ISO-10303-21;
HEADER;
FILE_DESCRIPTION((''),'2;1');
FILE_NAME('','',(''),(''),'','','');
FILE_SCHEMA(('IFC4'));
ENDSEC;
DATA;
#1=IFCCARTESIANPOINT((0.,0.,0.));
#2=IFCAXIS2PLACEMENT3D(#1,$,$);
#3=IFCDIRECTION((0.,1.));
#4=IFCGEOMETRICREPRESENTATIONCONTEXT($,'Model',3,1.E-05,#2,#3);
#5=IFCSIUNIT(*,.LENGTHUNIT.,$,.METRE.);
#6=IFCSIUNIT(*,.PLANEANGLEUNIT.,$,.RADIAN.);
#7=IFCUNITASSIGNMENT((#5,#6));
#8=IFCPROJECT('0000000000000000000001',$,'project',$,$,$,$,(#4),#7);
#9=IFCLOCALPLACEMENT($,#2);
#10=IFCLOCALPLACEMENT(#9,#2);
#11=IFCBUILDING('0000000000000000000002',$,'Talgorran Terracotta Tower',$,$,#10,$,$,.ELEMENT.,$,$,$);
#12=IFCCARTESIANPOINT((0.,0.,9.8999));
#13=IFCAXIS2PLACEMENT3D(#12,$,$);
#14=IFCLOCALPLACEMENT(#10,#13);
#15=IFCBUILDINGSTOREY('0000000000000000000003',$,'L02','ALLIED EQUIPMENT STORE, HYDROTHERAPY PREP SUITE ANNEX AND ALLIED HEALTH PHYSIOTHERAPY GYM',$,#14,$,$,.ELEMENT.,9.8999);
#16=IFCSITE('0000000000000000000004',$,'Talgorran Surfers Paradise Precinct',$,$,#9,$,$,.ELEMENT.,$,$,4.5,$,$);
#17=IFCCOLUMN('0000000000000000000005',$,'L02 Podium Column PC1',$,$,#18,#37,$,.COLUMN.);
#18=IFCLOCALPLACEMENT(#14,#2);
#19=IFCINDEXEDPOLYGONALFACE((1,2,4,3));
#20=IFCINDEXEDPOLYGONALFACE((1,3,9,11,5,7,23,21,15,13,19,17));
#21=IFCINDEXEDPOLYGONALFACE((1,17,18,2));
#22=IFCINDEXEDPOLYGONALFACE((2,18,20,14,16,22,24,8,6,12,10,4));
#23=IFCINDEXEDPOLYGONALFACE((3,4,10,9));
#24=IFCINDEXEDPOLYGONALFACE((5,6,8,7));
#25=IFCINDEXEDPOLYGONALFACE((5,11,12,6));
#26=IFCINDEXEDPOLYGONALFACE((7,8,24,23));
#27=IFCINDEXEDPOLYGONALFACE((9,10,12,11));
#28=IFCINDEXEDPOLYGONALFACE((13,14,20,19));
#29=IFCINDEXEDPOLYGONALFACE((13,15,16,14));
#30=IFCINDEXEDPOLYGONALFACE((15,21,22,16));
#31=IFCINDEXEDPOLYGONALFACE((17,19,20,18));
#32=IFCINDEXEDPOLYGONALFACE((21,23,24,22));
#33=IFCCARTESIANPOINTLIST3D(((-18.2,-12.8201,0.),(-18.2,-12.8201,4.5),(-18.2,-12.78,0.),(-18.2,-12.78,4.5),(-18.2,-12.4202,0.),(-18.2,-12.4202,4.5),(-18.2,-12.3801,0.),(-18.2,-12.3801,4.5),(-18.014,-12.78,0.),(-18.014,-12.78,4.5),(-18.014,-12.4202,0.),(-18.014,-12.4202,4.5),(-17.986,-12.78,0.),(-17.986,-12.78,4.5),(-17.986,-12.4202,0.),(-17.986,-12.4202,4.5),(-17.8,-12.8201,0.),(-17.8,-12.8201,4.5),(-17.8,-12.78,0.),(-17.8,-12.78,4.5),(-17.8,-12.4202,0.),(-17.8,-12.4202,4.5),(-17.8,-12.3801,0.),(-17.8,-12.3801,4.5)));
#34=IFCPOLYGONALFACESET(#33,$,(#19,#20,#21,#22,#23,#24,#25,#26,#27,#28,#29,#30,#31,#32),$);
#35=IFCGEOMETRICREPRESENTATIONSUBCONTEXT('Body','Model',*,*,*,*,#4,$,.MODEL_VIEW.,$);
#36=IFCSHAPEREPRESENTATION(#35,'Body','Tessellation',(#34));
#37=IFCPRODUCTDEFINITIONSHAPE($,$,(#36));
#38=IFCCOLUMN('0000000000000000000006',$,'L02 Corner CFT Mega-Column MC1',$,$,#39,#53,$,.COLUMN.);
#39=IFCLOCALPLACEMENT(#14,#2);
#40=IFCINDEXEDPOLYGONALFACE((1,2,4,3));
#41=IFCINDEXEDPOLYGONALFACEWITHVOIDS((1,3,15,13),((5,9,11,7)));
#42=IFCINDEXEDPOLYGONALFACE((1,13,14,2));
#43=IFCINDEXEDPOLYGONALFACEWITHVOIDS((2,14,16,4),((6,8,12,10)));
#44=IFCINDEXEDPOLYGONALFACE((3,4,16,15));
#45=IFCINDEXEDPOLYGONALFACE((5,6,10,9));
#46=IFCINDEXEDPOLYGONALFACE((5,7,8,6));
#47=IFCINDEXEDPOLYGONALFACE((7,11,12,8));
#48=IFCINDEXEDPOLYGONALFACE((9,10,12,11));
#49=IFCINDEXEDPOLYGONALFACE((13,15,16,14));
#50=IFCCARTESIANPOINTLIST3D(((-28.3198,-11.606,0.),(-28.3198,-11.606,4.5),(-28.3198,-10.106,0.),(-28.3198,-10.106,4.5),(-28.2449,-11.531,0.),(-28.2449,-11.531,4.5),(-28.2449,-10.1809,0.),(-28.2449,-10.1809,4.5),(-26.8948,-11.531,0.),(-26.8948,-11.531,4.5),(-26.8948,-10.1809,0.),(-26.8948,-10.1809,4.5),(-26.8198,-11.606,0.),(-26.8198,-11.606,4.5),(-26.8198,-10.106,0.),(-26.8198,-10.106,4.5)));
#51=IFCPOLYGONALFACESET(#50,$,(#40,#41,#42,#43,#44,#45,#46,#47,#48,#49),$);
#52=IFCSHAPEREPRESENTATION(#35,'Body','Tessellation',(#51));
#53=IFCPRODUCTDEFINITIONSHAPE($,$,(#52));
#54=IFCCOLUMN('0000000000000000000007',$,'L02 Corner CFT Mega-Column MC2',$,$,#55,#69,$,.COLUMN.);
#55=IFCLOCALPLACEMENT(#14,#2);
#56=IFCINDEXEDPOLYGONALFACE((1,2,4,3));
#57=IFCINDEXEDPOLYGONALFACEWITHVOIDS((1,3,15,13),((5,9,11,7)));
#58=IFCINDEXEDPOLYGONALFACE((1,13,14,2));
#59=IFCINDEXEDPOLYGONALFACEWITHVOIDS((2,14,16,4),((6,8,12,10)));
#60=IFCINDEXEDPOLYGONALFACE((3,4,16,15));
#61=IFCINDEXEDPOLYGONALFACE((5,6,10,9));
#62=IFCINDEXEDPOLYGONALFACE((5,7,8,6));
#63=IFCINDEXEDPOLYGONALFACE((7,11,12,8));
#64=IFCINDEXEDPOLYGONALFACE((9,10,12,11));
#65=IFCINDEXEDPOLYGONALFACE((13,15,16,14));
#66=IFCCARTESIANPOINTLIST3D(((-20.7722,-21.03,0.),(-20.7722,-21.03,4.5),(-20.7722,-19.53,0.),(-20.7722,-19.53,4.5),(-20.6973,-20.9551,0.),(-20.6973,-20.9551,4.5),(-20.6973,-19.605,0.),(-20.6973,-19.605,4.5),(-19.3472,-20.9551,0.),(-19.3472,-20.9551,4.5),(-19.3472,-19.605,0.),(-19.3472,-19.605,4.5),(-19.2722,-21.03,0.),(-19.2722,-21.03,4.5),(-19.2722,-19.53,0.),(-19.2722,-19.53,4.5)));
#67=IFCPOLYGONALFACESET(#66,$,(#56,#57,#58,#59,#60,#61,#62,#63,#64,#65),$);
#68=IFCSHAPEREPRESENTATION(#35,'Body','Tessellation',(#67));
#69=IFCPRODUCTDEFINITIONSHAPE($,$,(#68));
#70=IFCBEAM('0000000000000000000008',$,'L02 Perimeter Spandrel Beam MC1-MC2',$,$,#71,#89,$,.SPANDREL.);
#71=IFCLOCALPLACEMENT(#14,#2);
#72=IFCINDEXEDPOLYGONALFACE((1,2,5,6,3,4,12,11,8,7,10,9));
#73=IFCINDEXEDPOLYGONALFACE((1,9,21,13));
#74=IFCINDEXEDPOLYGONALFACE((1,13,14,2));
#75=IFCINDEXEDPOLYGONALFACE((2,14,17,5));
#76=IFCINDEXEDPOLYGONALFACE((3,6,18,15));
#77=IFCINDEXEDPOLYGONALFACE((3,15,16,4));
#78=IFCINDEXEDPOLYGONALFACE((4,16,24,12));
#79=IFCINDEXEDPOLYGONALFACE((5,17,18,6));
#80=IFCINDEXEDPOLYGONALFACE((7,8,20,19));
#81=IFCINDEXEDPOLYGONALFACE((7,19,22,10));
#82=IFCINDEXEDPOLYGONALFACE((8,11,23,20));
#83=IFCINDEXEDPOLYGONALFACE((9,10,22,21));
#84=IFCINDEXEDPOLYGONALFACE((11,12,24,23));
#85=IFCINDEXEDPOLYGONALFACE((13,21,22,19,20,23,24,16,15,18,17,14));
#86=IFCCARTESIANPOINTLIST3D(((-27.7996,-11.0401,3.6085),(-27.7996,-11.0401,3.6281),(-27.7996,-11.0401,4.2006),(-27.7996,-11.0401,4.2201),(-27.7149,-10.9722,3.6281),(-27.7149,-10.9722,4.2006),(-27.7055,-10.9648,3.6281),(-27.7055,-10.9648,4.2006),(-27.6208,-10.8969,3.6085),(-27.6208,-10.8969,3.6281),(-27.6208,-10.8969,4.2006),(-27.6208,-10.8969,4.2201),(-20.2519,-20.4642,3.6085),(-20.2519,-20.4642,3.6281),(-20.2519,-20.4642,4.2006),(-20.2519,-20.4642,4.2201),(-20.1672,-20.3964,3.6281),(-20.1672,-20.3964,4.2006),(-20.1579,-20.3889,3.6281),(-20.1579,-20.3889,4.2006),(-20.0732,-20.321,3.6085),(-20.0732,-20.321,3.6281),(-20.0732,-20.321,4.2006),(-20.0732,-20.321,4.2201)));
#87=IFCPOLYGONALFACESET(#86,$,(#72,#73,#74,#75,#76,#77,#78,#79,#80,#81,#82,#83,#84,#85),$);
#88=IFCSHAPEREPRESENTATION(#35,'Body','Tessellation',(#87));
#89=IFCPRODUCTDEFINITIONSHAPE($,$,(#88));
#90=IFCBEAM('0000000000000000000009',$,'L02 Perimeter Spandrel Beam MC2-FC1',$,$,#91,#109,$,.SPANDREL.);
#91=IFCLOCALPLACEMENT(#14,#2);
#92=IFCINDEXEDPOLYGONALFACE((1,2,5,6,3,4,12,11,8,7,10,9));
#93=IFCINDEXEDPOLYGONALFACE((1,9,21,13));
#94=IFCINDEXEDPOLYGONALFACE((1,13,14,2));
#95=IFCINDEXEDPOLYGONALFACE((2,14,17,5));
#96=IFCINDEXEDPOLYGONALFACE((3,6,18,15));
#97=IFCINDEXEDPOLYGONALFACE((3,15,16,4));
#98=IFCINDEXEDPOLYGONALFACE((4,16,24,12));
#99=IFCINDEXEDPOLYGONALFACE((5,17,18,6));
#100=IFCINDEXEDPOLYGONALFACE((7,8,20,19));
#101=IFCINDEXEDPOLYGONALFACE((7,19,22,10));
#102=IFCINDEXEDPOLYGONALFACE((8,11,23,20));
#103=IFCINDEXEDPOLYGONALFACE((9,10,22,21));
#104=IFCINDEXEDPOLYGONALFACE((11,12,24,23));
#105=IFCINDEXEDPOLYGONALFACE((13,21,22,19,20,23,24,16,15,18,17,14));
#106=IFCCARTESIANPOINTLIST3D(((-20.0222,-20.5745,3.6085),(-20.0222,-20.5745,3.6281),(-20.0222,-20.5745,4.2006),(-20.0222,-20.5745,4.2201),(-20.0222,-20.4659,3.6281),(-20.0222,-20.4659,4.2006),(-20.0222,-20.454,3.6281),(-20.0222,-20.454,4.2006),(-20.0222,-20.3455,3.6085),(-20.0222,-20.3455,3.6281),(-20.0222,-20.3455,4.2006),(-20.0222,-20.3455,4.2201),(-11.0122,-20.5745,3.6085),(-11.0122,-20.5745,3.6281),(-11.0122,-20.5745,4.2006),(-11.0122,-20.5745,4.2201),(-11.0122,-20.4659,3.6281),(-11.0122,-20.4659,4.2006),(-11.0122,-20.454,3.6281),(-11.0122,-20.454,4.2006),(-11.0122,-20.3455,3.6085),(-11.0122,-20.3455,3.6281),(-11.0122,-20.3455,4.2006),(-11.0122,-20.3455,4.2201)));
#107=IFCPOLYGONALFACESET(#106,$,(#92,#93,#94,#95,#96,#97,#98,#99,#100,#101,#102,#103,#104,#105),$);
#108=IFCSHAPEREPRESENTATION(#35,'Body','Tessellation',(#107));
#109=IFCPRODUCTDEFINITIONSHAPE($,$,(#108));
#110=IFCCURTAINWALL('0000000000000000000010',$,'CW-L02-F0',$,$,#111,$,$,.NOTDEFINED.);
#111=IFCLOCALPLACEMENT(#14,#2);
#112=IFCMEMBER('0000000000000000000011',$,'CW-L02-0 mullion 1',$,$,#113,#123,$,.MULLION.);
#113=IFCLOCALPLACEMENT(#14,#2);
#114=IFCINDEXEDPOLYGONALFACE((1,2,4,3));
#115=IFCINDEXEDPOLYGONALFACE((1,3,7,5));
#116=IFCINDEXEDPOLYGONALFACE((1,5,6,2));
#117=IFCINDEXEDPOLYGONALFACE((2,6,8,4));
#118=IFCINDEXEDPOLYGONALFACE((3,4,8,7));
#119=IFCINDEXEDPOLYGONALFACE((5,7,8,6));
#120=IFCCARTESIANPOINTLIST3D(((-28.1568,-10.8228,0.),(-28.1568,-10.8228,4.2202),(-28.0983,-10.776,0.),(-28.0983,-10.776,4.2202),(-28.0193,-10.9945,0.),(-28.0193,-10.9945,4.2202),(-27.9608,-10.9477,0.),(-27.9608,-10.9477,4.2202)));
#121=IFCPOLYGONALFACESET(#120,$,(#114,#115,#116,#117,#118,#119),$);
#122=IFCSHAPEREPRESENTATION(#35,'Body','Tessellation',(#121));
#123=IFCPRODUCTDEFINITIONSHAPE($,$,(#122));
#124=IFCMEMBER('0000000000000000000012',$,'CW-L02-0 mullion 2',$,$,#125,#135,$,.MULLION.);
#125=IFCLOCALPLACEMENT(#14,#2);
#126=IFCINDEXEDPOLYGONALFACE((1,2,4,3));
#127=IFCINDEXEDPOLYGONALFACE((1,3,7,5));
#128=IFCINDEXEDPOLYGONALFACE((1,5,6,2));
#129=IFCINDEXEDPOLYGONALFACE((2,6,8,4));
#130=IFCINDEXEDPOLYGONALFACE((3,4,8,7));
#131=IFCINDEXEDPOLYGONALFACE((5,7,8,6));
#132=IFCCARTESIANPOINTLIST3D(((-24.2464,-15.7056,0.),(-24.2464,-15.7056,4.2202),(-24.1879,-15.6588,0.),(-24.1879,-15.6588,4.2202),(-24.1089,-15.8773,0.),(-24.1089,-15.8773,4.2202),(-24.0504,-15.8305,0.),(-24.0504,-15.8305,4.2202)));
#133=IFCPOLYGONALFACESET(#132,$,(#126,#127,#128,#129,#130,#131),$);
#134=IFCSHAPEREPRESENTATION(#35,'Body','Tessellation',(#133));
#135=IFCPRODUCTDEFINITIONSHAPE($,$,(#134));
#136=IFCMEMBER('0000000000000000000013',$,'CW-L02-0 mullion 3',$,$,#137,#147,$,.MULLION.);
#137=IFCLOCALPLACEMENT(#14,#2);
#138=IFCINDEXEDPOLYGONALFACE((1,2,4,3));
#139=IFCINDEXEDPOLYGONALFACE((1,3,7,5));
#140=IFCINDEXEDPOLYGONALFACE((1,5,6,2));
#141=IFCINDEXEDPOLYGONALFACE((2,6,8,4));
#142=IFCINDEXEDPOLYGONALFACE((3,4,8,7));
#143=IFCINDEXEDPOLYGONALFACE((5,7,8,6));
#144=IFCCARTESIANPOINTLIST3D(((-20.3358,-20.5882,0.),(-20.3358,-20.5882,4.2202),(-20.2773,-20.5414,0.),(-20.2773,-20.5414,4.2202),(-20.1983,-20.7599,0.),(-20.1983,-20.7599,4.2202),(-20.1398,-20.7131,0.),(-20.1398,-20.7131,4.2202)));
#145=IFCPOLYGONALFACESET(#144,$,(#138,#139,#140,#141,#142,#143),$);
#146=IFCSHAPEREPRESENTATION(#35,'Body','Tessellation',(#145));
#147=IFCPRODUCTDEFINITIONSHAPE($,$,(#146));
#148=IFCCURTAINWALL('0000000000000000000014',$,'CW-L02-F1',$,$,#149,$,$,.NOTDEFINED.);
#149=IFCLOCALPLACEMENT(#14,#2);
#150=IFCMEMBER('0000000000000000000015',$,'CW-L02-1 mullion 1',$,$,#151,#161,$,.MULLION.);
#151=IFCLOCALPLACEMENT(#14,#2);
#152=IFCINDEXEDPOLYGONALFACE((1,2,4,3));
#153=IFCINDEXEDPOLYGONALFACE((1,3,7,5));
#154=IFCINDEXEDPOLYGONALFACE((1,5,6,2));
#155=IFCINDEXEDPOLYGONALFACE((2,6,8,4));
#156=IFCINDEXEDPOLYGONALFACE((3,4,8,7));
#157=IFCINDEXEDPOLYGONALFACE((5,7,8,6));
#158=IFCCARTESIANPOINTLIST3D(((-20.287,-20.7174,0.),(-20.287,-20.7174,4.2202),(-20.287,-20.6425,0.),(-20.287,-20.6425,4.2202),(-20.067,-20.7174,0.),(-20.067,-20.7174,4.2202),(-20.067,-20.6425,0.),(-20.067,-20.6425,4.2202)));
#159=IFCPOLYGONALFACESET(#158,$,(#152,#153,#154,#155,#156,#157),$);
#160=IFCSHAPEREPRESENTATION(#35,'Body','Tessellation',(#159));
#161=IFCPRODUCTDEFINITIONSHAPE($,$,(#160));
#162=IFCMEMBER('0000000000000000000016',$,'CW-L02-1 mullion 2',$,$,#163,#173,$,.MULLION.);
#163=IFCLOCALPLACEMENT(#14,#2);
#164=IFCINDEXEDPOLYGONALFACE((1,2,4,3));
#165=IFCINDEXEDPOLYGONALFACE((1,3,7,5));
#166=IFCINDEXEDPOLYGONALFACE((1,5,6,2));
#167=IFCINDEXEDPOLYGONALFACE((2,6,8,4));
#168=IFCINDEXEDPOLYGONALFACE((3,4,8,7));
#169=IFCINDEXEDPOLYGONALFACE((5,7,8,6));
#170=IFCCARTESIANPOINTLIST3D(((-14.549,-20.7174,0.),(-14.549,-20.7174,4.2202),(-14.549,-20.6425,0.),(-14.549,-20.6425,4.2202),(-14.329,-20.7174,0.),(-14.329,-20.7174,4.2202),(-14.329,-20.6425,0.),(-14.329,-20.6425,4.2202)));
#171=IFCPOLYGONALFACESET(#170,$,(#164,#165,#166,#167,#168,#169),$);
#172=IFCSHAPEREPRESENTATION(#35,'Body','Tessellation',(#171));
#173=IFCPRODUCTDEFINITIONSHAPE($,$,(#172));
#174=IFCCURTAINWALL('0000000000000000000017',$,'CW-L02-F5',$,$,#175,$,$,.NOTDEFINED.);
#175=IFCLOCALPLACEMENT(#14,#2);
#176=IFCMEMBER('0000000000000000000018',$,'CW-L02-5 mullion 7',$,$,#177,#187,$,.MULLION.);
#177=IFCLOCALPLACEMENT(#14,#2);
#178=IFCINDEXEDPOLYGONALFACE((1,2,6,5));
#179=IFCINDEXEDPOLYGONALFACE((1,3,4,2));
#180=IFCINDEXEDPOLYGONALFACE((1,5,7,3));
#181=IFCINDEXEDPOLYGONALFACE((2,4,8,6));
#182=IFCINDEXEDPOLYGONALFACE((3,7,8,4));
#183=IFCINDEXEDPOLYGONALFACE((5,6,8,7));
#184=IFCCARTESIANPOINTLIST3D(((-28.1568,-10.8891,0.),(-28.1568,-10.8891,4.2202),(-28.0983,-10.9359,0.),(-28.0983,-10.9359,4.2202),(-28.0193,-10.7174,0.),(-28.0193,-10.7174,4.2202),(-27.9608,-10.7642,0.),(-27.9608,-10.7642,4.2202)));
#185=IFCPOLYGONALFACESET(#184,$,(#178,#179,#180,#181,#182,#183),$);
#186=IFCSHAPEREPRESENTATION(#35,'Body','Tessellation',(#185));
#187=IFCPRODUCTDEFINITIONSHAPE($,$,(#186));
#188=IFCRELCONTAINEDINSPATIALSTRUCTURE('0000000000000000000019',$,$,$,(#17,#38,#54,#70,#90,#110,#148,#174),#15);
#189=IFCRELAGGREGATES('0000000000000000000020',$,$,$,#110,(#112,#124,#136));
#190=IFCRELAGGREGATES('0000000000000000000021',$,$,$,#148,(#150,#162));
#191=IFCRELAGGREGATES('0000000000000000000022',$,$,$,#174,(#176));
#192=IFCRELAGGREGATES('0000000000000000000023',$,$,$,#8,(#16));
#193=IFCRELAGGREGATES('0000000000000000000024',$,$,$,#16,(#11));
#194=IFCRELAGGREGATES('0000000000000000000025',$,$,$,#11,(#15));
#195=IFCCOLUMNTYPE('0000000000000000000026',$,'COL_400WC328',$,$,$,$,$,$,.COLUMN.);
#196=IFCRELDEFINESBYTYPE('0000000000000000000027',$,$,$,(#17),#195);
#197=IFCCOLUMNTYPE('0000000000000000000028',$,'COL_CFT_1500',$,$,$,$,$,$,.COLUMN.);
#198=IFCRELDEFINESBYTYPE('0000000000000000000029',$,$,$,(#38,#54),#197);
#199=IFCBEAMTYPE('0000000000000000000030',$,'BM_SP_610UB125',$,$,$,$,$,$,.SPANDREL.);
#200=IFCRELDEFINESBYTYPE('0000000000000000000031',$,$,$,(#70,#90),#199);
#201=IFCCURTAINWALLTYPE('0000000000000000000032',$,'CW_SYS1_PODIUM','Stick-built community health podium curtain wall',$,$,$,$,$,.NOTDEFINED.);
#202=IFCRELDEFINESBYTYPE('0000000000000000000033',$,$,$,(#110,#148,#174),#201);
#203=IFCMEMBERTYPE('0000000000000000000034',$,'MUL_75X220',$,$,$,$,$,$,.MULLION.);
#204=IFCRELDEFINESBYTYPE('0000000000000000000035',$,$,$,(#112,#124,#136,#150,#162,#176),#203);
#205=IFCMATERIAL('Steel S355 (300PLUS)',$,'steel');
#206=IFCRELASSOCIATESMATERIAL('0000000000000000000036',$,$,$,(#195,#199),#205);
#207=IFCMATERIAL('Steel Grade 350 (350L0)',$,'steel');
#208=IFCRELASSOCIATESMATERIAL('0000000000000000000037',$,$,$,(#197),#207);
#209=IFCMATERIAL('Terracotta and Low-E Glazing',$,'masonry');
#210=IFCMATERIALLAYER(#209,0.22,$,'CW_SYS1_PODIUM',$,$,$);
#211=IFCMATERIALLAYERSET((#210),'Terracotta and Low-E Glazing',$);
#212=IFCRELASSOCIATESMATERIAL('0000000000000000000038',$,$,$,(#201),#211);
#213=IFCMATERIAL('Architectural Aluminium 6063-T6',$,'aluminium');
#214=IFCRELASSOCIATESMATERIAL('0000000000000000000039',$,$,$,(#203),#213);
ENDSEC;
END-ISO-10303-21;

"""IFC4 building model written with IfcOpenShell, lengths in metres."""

from ifc_helpers import new_model, si_unit, direction, frame, origin, origin_2d, place, context, subcontext, project, spatial, rectangle, hollow_rectangle, i_section, extrude, material, layer, layer_set, material_profile, profile_set, type_object, element, aggregate, save


model = new_model("IFC4")

# Units and contexts
model_context = context("Model", 3, precision=1e-05, world=origin(), true_north=direction((0.0, 1.0)))
body_context = subcontext(model_context, "Body", "Model", "MODEL_VIEW")
ifc_project = project(units=[si_unit("LENGTHUNIT", "METRE"), si_unit("PLANEANGLEUNIT", "RADIAN")], contexts=[model_context])

# Site, building, storey
site_placement = place(None, origin())
site = spatial("IfcSite", under=ifc_project, at=site_placement, Name="Talgorran Surfers Paradise Precinct", CompositionType="ELEMENT", RefElevation=4.5)
building_placement = place(site_placement, origin())
building = spatial("IfcBuilding", under=site, at=building_placement, Name="Talgorran Terracotta Tower", CompositionType="ELEMENT")
storey_placement = place(building_placement, frame((0.0, 0.0, 9.8999)))
storey = spatial("IfcBuildingStorey", under=building, at=storey_placement, Name="L02", Description="ALLIED EQUIPMENT STORE, HYDROTHERAPY PREP SUITE ANNEX AND ALLIED HEALTH PHYSIOTHERAPY GYM", CompositionType="ELEMENT", Elevation=9.8999)

# Columns
ifc_material_1 = material(Name="Steel S355 (300PLUS)", Category="steel")
ifc_material_profile_1 = material_profile(ifc_material_1, i_section(OverallWidth=0.3999, OverallDepth=0.4399, WebThickness=0.0281, FlangeThickness=0.04, at=origin_2d()), Name="400WC328")
ifc_profile_set_1 = profile_set([ifc_material_profile_1], Name="Steel S355 (300PLUS)")
column_type_1 = type_object("IfcColumnType", Name="COL_400WC328", PredefinedType="COLUMN", material=ifc_profile_set_1)
column_placement = place(storey_placement, frame((-18.0, -12.6001, 0.0), z_axis=(0.0, 0.0, 1.0), x_axis=(1.0, 0.0, 0.0)))
element("IfcColumn", 1, at=column_placement, inside=storey, type_object=column_type_1, Name="L02 Podium Column PC1", PredefinedType="COLUMN", context=body_context, shape_type="SweptSolid", body=[
    extrude(i_section(OverallWidth=0.3999, OverallDepth=0.4399, WebThickness=0.0281, FlangeThickness=0.04, at=origin_2d()), origin(), (0.0, 0.0, 1.0), 4.5),
])
ifc_material_2 = material(Name="Steel Grade 350 (350L0)", Category="steel")
ifc_material_profile_2 = material_profile(ifc_material_2, hollow_rectangle(XDim=1.5, YDim=1.5, WallThickness=0.075, at=origin_2d()), Name="CFT1500X1500X75")
ifc_profile_set_2 = profile_set([ifc_material_profile_2], Name="Steel Grade 350 (350L0)")
column_type_2 = type_object("IfcColumnType", Name="COL_CFT_1500", PredefinedType="COLUMN", material=ifc_profile_set_2)
for number, where, z_axis, x_axis, name in (
    (2, (-27.5698, -10.856, 0.0), (0.0, 0.0, 1.0), (1.0, 0.0, 0.0), "L02 Corner CFT Mega-Column MC1"),
    (3, (-20.0222, -20.28, 0.0), (0.0, 0.0, 1.0), (1.0, 0.0, 0.0), "L02 Corner CFT Mega-Column MC2"),
):
    element("IfcColumn", number, at=place(storey_placement, frame(where, z_axis=z_axis, x_axis=x_axis)), inside=storey, type_object=column_type_2, Name=name, PredefinedType="COLUMN", context=body_context, shape_type="SweptSolid", body=[
        extrude(hollow_rectangle(XDim=1.5, YDim=1.5, WallThickness=0.075, at=origin_2d()), origin(), (0.0, 0.0, 1.0), 4.5),
    ])

# Beams
ifc_material_profile_3 = material_profile(ifc_material_1, i_section(OverallWidth=0.229, OverallDepth=0.6116, WebThickness=0.012, FlangeThickness=0.0195, at=origin_2d()), Name="610UB125")
ifc_profile_set_3 = profile_set([ifc_material_profile_3], Name="Steel S355 (300PLUS)")
beam_type = type_object("IfcBeamType", Name="BM_SP_610UB125", PredefinedType="SPANDREL", material=ifc_profile_set_3)
beam_1_placement = place(storey_placement, frame((-27.7102, -10.9685, 3.9143), z_axis=(0.625117, -0.780531, 0.0), x_axis=(0.780531, 0.625117, 0.0)))
element("IfcBeam", 4, at=beam_1_placement, inside=storey, type_object=beam_type, Name="L02 Perimeter Spandrel Beam MC1-MC2", PredefinedType="SPANDREL", context=body_context, shape_type="SweptSolid", body=[
    extrude(i_section(OverallWidth=0.229, OverallDepth=0.6116, WebThickness=0.012, FlangeThickness=0.0195, at=origin_2d()), origin(), (0.0, 0.0, 1.0), 12.074),
])
beam_2_placement = place(storey_placement, frame((-20.0222, -20.46, 3.9143), z_axis=(1.0, 0.0, 0.0), x_axis=(0.0, 1.0, 0.0)))
element("IfcBeam", 5, at=beam_2_placement, inside=storey, type_object=beam_type, Name="L02 Perimeter Spandrel Beam MC2-FC1", PredefinedType="SPANDREL", context=body_context, shape_type="SweptSolid", body=[
    extrude(i_section(OverallWidth=0.229, OverallDepth=0.6116, WebThickness=0.012, FlangeThickness=0.0195, at=origin_2d()), origin(), (0.0, 0.0, 1.0), 9.01),
])

# Curtain walls, members
ifc_material_3 = material(Name="Terracotta and Low-E Glazing", Category="masonry")
ifc_layer_1 = layer(ifc_material_3, 0.22, Name="CW_SYS1_PODIUM")
ifc_layer_set_1 = layer_set([ifc_layer_1], Name="Terracotta and Low-E Glazing")
curtain_wall_type = type_object("IfcCurtainWallType", Name="CW_SYS1_PODIUM", Description="Stick-built community health podium curtain wall", PredefinedType="NOTDEFINED", material=ifc_layer_set_1)
curtain_wall_1_placement = place(storey_placement, origin())
curtain_wall_1 = element("IfcCurtainWall", 6, at=curtain_wall_1_placement, inside=storey, type_object=curtain_wall_type, Name="CW-L02-F0", PredefinedType="NOTDEFINED")
ifc_material_4 = material(Name="Architectural Aluminium 6063-T6", Category="aluminium")
ifc_material_profile_4 = material_profile(ifc_material_4, rectangle(XDim=0.075, YDim=0.22, at=origin_2d()), Name="CWM75X220")
ifc_profile_set_4 = profile_set([ifc_material_profile_4], Name="Architectural Aluminium 6063-T6")
member_type_1 = type_object("IfcMemberType", Name="MUL_75X220", PredefinedType="MULLION", material=ifc_profile_set_4)
member_1_placement = place(storey_placement, frame((-28.0588, -10.8853, 0.0), z_axis=(0.0, 0.0, 1.0), x_axis=(0.780532, 0.625116, 0.0)))
member_1 = element("IfcMember", 7, at=member_1_placement, type_object=member_type_1, Name="CW-L02-0 mullion 1", PredefinedType="MULLION", context=body_context, shape_type="SweptSolid", body=[
    extrude(rectangle(XDim=0.075, YDim=0.22, at=origin_2d()), origin(), (0.0, 0.0, 1.0), 4.2202),
])
member_2_placement = place(storey_placement, frame((-24.1484, -15.7681, 0.0), z_axis=(0.0, 0.0, 1.0), x_axis=(0.780532, 0.625116, 0.0)))
member_2 = element("IfcMember", 8, at=member_2_placement, type_object=member_type_1, Name="CW-L02-0 mullion 2", PredefinedType="MULLION", context=body_context, shape_type="SweptSolid", body=[
    extrude(rectangle(XDim=0.075, YDim=0.22, at=origin_2d()), origin(), (0.0, 0.0, 1.0), 4.2202),
])
member_3_placement = place(storey_placement, frame((-20.2378, -20.6506, 0.0), z_axis=(0.0, 0.0, 1.0), x_axis=(0.780532, 0.625116, 0.0)))
member_3 = element("IfcMember", 9, at=member_3_placement, type_object=member_type_1, Name="CW-L02-0 mullion 3", PredefinedType="MULLION", context=body_context, shape_type="SweptSolid", body=[
    extrude(rectangle(XDim=0.075, YDim=0.22, at=origin_2d()), origin(), (0.0, 0.0, 1.0), 4.2202),
])
curtain_wall_2_placement = place(storey_placement, origin())
curtain_wall_2 = element("IfcCurtainWall", 10, at=curtain_wall_2_placement, inside=storey, type_object=curtain_wall_type, Name="CW-L02-F1", PredefinedType="NOTDEFINED")
member_4_placement = place(storey_placement, frame((-20.177, -20.6799, 0.0), z_axis=(0.0, 0.0, 1.0), x_axis=(0.0, 1.0, 0.0)))
member_4 = element("IfcMember", 11, at=member_4_placement, type_object=member_type_1, Name="CW-L02-1 mullion 1", PredefinedType="MULLION", context=body_context, shape_type="SweptSolid", body=[
    extrude(rectangle(XDim=0.075, YDim=0.22, at=origin_2d()), origin(), (0.0, 0.0, 1.0), 4.2202),
])
member_5_placement = place(storey_placement, frame((-14.439, -20.6799, 0.0), z_axis=(0.0, 0.0, 1.0), x_axis=(0.0, 1.0, 0.0)))
member_5 = element("IfcMember", 12, at=member_5_placement, type_object=member_type_1, Name="CW-L02-1 mullion 2", PredefinedType="MULLION", context=body_context, shape_type="SweptSolid", body=[
    extrude(rectangle(XDim=0.075, YDim=0.22, at=origin_2d()), origin(), (0.0, 0.0, 1.0), 4.2202),
])

# Curtain wall, member
curtain_wall_3_placement = place(storey_placement, origin())
curtain_wall_3 = element("IfcCurtainWall", 13, at=curtain_wall_3_placement, inside=storey, type_object=curtain_wall_type, Name="CW-L02-F5", PredefinedType="NOTDEFINED")
member_6_placement = place(storey_placement, frame((-28.0588, -10.8267, 0.0), z_axis=(0.0, 0.0, 1.0), x_axis=(0.780532, -0.625116, 0.0)))
member_6 = element("IfcMember", 14, at=member_6_placement, type_object=member_type_1, Name="CW-L02-5 mullion 7", PredefinedType="MULLION", context=body_context, shape_type="SweptSolid", body=[
    extrude(rectangle(XDim=0.075, YDim=0.22, at=origin_2d()), origin(), (0.0, 0.0, 1.0), 4.2202),
])

aggregate(curtain_wall_1, [member_1, member_2, member_3])
aggregate(curtain_wall_2, [member_4, member_5])
aggregate(curtain_wall_3, [member_6])

save(model, "model.ifc")
